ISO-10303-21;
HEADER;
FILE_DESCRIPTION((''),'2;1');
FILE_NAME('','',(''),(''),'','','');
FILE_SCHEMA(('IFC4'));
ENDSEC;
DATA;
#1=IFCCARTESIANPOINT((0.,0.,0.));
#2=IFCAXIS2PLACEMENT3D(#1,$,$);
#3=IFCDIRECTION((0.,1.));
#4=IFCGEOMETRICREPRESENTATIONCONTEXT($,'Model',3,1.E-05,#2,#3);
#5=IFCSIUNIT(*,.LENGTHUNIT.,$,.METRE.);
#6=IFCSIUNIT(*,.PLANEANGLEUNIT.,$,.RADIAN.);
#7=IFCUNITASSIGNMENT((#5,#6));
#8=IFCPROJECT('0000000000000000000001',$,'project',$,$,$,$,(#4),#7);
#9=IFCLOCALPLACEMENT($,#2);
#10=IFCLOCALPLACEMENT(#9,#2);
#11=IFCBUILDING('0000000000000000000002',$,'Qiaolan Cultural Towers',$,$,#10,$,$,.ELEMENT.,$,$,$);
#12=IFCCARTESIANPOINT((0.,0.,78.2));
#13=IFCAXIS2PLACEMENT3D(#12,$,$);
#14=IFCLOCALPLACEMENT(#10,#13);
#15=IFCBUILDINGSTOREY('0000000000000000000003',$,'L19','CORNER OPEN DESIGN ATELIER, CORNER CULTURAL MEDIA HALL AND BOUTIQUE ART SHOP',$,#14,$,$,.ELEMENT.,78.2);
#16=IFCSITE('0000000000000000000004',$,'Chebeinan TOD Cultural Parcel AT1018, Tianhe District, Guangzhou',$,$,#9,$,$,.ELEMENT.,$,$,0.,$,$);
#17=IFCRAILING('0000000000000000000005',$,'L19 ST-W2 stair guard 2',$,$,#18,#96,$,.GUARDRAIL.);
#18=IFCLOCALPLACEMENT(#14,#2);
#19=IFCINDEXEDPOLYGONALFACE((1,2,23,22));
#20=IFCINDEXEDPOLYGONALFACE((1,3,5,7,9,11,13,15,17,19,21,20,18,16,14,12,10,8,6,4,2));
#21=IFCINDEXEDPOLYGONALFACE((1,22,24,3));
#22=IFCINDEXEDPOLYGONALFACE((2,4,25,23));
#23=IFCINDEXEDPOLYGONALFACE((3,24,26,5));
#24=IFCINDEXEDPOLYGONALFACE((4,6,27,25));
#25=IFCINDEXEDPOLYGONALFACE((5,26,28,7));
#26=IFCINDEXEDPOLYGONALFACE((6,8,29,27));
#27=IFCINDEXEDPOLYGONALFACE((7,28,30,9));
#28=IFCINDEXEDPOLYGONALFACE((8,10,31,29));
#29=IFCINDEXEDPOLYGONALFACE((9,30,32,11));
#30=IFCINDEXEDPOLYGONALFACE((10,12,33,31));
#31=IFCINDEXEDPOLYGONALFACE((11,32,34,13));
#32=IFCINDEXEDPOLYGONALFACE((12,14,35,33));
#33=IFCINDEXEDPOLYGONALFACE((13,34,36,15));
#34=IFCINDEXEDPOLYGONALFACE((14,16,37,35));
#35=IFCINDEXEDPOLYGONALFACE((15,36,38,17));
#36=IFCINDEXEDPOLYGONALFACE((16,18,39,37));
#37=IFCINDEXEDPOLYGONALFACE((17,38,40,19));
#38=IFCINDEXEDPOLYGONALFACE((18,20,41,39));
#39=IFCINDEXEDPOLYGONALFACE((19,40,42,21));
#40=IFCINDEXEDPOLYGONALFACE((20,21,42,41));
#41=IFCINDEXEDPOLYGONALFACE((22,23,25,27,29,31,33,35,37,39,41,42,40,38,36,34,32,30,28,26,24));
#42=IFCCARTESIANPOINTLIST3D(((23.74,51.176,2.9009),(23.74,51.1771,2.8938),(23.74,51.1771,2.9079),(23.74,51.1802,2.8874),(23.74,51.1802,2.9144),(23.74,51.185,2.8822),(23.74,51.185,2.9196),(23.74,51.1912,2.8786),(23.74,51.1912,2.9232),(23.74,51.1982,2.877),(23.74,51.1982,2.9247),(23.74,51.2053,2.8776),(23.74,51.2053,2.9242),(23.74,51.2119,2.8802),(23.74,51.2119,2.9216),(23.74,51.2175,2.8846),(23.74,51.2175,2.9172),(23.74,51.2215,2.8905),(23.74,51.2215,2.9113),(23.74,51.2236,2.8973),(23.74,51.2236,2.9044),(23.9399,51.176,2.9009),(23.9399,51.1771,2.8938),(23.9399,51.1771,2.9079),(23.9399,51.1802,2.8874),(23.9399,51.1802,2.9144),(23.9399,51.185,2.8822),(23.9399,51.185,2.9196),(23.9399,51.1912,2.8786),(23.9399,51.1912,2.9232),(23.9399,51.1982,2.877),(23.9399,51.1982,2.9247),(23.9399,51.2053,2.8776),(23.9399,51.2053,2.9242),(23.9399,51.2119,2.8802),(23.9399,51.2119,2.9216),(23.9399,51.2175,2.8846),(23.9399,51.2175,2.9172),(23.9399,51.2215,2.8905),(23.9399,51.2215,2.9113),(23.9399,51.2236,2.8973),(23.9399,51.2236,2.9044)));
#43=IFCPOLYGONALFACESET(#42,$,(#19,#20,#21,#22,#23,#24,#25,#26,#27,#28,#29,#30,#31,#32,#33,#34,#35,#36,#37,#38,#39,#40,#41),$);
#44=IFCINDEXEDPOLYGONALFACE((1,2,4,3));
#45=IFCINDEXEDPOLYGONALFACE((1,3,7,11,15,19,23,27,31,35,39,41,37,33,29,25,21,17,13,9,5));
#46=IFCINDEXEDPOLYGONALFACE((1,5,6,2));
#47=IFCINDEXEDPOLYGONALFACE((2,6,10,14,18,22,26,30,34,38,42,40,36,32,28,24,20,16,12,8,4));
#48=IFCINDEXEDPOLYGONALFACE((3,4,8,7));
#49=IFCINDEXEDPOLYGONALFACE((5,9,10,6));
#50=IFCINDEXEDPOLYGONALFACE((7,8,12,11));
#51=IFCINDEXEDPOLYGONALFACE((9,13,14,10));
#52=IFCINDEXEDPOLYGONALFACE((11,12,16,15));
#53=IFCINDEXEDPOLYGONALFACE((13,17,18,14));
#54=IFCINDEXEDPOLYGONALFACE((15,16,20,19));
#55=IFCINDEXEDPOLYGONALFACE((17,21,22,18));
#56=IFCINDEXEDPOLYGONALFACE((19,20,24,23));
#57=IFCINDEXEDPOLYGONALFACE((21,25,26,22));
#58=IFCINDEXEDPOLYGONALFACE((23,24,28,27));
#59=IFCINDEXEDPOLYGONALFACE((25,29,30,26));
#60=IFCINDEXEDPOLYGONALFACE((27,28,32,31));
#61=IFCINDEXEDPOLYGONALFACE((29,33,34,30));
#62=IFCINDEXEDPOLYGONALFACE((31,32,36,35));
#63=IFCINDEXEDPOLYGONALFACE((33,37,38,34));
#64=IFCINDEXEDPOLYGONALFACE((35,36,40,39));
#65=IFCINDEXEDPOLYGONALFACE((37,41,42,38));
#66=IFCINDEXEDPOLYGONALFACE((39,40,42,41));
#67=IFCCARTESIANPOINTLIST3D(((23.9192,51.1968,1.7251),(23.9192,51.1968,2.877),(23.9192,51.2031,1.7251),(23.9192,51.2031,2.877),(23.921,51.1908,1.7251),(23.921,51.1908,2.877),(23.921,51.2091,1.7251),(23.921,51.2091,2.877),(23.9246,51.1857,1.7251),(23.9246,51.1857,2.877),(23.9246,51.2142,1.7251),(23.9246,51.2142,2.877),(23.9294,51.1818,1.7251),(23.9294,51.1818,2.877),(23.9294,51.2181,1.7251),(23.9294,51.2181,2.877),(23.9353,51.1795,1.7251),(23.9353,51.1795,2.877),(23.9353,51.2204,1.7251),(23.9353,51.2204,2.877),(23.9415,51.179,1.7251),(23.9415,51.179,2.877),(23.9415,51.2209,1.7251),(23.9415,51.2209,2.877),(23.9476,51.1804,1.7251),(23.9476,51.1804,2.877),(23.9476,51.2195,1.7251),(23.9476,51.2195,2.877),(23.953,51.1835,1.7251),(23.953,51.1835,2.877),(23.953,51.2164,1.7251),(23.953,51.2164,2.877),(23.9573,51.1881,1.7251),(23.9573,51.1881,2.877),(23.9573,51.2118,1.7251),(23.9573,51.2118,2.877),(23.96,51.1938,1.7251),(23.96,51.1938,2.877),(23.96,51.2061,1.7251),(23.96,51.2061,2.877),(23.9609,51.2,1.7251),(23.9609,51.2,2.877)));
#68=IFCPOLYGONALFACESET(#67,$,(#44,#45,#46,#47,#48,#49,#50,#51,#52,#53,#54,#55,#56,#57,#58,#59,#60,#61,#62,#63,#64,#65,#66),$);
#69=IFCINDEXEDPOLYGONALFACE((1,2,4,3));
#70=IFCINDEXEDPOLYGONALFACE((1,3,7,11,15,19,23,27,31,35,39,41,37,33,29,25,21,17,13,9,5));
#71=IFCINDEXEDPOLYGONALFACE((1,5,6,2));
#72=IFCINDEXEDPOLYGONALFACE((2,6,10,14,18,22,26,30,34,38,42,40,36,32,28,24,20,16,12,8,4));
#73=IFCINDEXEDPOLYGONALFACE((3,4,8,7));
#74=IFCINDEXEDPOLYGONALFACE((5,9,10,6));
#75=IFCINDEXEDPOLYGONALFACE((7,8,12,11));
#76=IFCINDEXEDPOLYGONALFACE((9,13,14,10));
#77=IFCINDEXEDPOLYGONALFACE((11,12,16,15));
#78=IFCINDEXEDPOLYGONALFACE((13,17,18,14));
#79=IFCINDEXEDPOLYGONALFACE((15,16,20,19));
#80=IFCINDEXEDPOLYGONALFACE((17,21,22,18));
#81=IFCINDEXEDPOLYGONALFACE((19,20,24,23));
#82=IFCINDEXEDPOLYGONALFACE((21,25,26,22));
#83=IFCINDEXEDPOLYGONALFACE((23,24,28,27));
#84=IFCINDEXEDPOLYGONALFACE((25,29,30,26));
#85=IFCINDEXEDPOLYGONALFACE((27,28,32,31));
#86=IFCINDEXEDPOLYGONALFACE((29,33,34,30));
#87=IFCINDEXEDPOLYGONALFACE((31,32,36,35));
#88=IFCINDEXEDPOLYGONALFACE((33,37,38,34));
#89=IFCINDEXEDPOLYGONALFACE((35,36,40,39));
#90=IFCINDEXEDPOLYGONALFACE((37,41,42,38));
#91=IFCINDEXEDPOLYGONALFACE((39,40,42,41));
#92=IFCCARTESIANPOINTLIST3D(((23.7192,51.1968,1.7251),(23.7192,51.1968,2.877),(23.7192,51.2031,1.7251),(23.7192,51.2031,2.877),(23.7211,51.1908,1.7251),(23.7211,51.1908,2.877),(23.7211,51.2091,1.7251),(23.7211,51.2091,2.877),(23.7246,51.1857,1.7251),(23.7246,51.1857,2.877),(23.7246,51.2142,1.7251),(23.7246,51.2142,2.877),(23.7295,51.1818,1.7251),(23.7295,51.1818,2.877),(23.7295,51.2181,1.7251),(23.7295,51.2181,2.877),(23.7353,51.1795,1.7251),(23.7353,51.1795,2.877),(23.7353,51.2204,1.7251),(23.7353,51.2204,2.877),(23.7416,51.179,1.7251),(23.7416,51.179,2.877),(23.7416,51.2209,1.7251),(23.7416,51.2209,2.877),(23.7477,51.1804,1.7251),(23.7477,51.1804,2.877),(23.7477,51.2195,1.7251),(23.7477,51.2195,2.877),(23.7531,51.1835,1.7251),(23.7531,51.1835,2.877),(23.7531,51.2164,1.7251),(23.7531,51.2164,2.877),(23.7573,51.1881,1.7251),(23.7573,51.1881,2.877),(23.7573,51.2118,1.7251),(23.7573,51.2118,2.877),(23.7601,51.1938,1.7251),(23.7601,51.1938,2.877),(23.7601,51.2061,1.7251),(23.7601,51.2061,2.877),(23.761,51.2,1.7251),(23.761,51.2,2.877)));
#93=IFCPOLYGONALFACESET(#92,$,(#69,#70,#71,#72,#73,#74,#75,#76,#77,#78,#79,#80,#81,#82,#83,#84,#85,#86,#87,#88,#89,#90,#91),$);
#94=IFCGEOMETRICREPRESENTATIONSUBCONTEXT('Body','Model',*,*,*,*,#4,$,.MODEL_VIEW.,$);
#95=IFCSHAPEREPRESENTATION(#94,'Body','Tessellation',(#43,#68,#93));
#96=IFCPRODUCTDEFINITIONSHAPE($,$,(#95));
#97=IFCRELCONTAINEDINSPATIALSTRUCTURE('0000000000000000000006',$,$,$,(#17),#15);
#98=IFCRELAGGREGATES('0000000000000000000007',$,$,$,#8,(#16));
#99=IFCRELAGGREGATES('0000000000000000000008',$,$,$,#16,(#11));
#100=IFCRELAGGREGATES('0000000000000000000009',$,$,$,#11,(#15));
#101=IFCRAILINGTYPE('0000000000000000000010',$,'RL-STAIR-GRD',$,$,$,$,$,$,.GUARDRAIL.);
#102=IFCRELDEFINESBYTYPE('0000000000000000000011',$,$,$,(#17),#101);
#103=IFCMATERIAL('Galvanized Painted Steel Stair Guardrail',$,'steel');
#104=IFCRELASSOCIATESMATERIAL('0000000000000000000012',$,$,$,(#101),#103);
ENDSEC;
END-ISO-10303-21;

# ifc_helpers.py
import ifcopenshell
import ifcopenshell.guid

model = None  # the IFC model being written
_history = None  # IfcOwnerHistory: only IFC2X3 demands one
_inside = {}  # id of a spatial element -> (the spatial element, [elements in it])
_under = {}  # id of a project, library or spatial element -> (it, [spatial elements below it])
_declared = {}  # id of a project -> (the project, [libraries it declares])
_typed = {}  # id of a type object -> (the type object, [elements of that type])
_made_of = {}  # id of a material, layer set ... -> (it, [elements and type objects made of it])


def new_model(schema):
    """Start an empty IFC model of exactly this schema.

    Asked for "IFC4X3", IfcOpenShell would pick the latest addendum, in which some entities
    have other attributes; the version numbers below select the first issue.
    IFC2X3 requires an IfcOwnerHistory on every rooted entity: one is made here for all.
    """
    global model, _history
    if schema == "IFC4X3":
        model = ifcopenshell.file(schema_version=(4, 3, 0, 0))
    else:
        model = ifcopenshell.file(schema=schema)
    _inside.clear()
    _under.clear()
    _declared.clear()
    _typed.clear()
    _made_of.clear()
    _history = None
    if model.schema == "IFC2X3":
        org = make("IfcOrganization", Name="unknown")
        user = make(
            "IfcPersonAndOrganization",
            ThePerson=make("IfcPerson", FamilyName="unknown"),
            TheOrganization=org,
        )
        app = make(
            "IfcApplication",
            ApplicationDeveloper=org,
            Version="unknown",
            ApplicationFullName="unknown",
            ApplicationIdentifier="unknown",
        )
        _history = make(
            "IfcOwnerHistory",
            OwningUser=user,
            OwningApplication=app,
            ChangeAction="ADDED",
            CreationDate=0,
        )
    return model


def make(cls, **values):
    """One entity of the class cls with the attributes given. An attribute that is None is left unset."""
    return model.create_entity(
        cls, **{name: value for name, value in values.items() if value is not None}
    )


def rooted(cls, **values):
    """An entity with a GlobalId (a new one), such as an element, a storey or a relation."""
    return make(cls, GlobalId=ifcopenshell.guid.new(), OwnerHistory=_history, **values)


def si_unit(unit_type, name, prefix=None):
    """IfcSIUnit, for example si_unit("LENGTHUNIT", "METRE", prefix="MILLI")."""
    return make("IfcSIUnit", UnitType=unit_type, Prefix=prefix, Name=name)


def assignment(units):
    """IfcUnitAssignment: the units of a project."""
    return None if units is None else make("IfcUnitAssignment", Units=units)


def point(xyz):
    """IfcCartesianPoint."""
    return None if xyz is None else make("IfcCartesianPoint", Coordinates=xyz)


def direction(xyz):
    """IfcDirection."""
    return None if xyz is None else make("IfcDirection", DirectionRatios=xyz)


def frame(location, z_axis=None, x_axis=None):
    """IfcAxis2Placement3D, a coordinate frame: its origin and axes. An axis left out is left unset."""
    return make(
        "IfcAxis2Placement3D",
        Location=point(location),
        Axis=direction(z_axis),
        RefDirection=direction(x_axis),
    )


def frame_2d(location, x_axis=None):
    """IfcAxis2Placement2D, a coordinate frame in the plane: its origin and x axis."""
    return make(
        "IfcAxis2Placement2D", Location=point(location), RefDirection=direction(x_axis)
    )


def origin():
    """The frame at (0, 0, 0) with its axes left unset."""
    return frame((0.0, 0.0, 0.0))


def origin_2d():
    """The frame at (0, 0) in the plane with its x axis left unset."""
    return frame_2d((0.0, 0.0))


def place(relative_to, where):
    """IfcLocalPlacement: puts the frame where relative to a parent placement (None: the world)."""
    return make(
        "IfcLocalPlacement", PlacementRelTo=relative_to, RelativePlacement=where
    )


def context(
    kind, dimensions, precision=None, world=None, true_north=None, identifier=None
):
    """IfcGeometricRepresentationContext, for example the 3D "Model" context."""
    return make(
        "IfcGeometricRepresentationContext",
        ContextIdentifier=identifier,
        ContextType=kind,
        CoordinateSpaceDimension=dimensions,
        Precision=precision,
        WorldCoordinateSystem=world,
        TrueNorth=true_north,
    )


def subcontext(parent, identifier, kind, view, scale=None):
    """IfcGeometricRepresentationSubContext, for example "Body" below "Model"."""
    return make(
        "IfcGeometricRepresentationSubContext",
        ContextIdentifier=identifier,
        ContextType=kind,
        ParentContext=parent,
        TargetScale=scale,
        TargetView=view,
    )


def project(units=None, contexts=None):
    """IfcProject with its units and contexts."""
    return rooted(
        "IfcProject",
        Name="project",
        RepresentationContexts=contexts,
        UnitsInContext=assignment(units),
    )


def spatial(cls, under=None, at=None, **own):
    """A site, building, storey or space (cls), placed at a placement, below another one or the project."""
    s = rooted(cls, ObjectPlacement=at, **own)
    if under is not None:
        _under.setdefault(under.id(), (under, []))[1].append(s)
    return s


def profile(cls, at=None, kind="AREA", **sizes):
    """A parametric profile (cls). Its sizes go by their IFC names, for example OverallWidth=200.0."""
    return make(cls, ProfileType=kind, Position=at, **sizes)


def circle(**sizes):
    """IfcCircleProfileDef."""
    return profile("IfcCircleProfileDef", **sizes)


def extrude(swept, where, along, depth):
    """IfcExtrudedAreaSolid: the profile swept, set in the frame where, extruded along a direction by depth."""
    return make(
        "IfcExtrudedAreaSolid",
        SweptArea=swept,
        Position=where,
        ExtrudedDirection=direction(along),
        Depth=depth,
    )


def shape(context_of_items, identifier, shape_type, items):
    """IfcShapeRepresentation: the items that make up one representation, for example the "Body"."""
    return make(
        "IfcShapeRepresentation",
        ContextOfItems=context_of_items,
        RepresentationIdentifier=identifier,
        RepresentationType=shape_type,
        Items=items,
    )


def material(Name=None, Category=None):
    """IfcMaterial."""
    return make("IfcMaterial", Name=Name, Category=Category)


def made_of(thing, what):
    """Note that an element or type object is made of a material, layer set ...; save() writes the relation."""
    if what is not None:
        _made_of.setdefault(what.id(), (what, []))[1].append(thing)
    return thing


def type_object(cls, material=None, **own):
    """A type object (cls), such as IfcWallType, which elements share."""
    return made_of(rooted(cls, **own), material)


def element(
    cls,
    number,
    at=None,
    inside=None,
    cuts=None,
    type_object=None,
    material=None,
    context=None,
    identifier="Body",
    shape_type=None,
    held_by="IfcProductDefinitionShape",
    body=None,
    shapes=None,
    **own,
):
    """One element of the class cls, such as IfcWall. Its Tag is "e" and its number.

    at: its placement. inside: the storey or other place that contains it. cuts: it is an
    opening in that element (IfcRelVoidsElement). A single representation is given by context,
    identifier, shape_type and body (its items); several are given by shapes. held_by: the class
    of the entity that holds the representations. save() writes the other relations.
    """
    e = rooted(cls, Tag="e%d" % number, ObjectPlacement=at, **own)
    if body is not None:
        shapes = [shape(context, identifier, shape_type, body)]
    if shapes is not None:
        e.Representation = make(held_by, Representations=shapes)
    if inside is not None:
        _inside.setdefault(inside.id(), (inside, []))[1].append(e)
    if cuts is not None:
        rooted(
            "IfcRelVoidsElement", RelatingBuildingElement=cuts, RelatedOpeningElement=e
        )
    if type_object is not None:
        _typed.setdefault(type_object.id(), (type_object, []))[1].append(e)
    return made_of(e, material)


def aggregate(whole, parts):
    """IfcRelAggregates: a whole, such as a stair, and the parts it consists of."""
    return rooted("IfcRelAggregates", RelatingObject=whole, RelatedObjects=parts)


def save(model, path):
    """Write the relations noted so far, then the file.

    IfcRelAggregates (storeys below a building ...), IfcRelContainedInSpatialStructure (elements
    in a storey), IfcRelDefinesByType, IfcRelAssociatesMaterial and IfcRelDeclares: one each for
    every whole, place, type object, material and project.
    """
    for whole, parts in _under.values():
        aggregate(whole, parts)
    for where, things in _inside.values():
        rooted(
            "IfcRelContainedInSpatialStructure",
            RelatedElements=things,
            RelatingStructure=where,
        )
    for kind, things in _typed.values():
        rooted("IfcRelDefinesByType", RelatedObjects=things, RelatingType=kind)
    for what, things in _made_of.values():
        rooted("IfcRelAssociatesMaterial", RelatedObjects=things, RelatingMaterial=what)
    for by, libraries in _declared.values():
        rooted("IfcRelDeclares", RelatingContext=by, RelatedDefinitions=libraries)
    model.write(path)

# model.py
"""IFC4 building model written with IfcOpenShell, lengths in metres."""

from ifc_helpers import new_model, si_unit, direction, frame, origin, origin_2d, place, context, subcontext, project, spatial, circle, extrude, material, type_object, element, save


model = new_model("IFC4")

# Units and contexts
model_context = context("Model", 3, precision=1e-05, world=origin(), true_north=direction((0.0, 1.0)))
body_context = subcontext(model_context, "Body", "Model", "MODEL_VIEW")
ifc_project = project(units=[si_unit("LENGTHUNIT", "METRE"), si_unit("PLANEANGLEUNIT", "RADIAN")], contexts=[model_context])

# Site, building, storey
site_placement = place(None, origin())
site = spatial("IfcSite", under=ifc_project, at=site_placement, Name="Chebeinan TOD Cultural Parcel AT1018, Tianhe District, Guangzhou", CompositionType="ELEMENT", RefElevation=0.0)
building_placement = place(site_placement, origin())
building = spatial("IfcBuilding", under=site, at=building_placement, Name="Qiaolan Cultural Towers", CompositionType="ELEMENT")
storey_placement = place(building_placement, frame((0.0, 0.0, 78.2)))
storey = spatial("IfcBuildingStorey", under=building, at=storey_placement, Name="L19", Description="CORNER OPEN DESIGN ATELIER, CORNER CULTURAL MEDIA HALL AND BOUTIQUE ART SHOP", CompositionType="ELEMENT", Elevation=78.2)

# Railing
ifc_material_1 = material(Name="Galvanized Painted Steel Stair Guardrail", Category="steel")
railing_type_1 = type_object("IfcRailingType", Name="RL-STAIR-GRD", PredefinedType="GUARDRAIL", material=ifc_material_1)
railing_1_placement = place(storey_placement, frame((23.9399, 51.2, 1.7251)))
element("IfcRailing", 1, at=railing_1_placement, inside=storey, type_object=railing_type_1, Name="L19 ST-W2 stair guard 2", PredefinedType="GUARDRAIL", context=body_context, shape_type="SweptSolid", body=[
    extrude(circle(Radius=0.0239, at=origin_2d()), frame((0.0, 0.0, 1.1758), z_axis=(-1.0, 0.0, 0.0), x_axis=(0.0, -1.0, 0.0)), (0.0, 0.0, 1.0), 0.2),
    extrude(circle(Radius=0.021, at=origin_2d()), origin(), (0.0, 0.0, 1.0), 1.1519),
    extrude(circle(Radius=0.021, at=origin_2d()), frame((-0.2, 0.0, 0.0)), (0.0, 0.0, 1.0), 1.1519),
])

save(model, "model.ifc")
